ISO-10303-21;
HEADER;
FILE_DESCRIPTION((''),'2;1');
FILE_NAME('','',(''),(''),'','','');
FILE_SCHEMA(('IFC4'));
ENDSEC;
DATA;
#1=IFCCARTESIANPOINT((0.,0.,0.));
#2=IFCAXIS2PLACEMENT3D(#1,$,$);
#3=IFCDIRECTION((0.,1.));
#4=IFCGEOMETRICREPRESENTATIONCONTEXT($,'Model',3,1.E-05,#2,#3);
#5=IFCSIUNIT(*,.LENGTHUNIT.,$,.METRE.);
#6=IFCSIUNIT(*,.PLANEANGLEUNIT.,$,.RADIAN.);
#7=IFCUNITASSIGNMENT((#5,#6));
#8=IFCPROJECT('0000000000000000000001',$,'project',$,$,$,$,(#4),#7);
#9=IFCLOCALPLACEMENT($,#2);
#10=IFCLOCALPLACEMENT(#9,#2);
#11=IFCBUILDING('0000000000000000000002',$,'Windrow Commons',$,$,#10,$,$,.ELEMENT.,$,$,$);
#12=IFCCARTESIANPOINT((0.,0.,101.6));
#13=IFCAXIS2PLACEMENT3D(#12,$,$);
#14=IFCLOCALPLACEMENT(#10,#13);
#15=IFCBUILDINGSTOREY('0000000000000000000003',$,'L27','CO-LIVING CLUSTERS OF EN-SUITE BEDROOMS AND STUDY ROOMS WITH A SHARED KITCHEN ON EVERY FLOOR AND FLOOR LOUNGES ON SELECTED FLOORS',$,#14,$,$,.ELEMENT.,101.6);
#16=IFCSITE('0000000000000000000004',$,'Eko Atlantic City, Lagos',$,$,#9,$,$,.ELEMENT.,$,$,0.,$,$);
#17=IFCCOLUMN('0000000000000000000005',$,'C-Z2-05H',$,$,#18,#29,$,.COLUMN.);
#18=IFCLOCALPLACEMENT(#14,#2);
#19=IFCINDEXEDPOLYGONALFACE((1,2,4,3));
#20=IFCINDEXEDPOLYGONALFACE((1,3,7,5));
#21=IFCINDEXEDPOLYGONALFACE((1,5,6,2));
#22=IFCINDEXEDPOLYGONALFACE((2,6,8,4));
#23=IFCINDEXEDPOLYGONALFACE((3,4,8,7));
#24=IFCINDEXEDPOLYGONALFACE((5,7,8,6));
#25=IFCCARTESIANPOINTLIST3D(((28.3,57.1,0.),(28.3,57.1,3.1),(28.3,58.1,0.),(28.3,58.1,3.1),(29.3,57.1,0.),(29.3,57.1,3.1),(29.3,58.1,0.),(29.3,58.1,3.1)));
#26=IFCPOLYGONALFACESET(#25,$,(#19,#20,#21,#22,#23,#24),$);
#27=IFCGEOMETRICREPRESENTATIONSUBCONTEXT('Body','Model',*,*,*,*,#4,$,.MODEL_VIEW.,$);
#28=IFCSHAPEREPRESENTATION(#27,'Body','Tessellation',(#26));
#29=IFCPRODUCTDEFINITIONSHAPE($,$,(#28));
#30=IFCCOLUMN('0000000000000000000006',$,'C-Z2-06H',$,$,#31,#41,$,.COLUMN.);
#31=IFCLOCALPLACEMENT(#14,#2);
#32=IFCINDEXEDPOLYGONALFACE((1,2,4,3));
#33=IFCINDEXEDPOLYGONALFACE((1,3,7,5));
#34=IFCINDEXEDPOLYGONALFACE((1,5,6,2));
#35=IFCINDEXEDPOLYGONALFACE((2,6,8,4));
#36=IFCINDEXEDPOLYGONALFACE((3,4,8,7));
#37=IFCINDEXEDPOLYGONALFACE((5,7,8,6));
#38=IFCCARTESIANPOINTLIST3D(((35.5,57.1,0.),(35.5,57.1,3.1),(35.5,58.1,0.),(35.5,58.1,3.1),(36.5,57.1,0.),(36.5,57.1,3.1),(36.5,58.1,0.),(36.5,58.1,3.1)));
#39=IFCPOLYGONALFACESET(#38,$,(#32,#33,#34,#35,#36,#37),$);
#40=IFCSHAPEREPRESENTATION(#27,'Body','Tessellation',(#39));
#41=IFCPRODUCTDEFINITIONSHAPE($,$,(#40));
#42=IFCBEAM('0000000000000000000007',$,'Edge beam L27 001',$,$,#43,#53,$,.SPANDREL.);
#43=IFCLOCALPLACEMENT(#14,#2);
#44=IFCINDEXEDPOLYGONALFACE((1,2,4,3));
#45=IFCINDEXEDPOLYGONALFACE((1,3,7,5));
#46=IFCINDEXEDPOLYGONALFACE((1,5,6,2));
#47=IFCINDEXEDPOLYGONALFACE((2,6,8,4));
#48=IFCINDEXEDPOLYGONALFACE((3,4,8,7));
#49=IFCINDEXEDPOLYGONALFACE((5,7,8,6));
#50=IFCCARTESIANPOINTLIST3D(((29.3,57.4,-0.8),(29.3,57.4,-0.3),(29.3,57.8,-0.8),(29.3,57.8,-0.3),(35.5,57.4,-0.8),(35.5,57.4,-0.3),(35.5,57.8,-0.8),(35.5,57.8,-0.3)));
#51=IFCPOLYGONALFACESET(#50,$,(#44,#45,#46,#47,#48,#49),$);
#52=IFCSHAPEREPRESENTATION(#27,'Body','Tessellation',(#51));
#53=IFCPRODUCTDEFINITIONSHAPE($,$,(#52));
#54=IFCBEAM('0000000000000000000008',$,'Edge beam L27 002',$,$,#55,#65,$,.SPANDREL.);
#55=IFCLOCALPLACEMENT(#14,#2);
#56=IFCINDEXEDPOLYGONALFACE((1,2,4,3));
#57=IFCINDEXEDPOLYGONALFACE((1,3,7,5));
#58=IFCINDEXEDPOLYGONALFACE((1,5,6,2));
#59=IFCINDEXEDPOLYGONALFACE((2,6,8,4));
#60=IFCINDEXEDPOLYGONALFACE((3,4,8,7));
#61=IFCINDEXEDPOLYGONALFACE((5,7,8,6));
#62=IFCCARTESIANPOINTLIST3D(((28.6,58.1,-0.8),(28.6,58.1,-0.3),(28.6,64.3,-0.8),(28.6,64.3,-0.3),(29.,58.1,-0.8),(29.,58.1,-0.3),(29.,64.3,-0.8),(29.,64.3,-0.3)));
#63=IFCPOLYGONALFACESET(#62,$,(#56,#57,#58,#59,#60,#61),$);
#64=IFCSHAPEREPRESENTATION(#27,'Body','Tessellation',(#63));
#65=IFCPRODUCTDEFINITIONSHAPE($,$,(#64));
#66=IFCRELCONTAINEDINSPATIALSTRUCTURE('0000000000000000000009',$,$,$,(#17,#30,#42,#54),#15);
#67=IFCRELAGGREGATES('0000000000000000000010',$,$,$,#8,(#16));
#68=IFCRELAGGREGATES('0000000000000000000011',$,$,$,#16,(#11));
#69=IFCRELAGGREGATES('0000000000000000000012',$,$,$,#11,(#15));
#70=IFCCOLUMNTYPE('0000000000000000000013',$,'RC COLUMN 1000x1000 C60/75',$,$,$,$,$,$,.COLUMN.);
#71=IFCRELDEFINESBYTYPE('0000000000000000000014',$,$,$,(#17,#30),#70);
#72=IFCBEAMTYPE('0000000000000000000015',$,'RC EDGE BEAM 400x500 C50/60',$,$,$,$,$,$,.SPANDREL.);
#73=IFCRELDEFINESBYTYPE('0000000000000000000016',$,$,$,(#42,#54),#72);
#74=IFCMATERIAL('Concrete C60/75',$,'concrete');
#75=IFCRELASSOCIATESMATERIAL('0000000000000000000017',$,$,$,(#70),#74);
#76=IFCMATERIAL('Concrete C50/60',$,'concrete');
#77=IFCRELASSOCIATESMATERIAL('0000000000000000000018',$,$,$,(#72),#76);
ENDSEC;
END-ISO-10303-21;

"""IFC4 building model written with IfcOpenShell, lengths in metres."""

from ifc_helpers import new_model, si_unit, direction, frame, origin, origin_2d, place, context, subcontext, project, spatial, rectangle, extrude, material, material_profile, profile_set, type_object, element, save


model = new_model("IFC4")

# Units and contexts
model_context = context("Model", 3, precision=1e-05, world=origin(), true_north=direction((0.0, 1.0)))
body_context = subcontext(model_context, "Body", "Model", "MODEL_VIEW")
ifc_project = project(units=[si_unit("LENGTHUNIT", "METRE"), si_unit("PLANEANGLEUNIT", "RADIAN")], contexts=[model_context])

# Site, building, storey
site_placement = place(None, origin())
site = spatial("IfcSite", under=ifc_project, at=site_placement, Name="Eko Atlantic City, Lagos", CompositionType="ELEMENT", RefElevation=0.0)
building_placement = place(site_placement, origin())
building = spatial("IfcBuilding", under=site, at=building_placement, Name="Windrow Commons", CompositionType="ELEMENT")
storey_placement = place(building_placement, frame((0.0, 0.0, 101.6)))
storey = spatial("IfcBuildingStorey", under=building, at=storey_placement, Name="L27", Description="CO-LIVING CLUSTERS OF EN-SUITE BEDROOMS AND STUDY ROOMS WITH A SHARED KITCHEN ON EVERY FLOOR AND FLOOR LOUNGES ON SELECTED FLOORS", CompositionType="ELEMENT", Elevation=101.6)

# Columns
ifc_material_1 = material(Name="Concrete C60/75", Category="concrete")
ifc_material_profile_1 = material_profile(ifc_material_1, rectangle(XDim=1.0, YDim=1.0, at=origin_2d()))
ifc_profile_set_1 = profile_set([ifc_material_profile_1], Name="Concrete C60/75")
column_type = type_object("IfcColumnType", Name="RC COLUMN 1000x1000 C60/75", PredefinedType="COLUMN", material=ifc_profile_set_1)
for number, where, z_axis, x_axis, name in (
    (1, (28.8, 57.6, 0.0), (0.0, 0.0, 1.0), (1.0, 0.0, 0.0), "C-Z2-05H"),
    (2, (36.0, 57.6, 0.0), (0.0, 0.0, 1.0), (1.0, 0.0, 0.0), "C-Z2-06H"),
):
    element("IfcColumn", number, at=place(storey_placement, frame(where, z_axis=z_axis, x_axis=x_axis)), inside=storey, type_object=column_type, Name=name, PredefinedType="COLUMN", context=body_context, shape_type="SweptSolid", body=[
        extrude(rectangle(XDim=1.0, YDim=1.0, at=origin_2d()), origin(), (0.0, 0.0, 1.0), 3.1),
    ])

# Beams
ifc_material_2 = material(Name="Concrete C50/60", Category="concrete")
ifc_material_profile_2 = material_profile(ifc_material_2, rectangle(XDim=0.4, YDim=0.5, at=origin_2d()))
ifc_profile_set_2 = profile_set([ifc_material_profile_2], Name="Concrete C50/60")
beam_type = type_object("IfcBeamType", Name="RC EDGE BEAM 400x500 C50/60", PredefinedType="SPANDREL", material=ifc_profile_set_2)
for number, where, z_axis, x_axis, name in (
    (3, (35.5, 57.6, -0.55), (-1.0, 0.0, 0.0), (0.0, -1.0, 0.0), "Edge beam L27 001"),
    (4, (28.8, 58.1, -0.55), (0.0, 1.0, 0.0), (-1.0, 0.0, 0.0), "Edge beam L27 002"),
):
    element("IfcBeam", number, at=place(storey_placement, frame(where, z_axis=z_axis, x_axis=x_axis)), inside=storey, type_object=beam_type, Name=name, PredefinedType="SPANDREL", context=body_context, shape_type="SweptSolid", body=[
        extrude(rectangle(XDim=0.4, YDim=0.5, at=origin_2d()), origin(), (0.0, 0.0, 1.0), 6.2),
    ])

save(model, "model.ifc")
